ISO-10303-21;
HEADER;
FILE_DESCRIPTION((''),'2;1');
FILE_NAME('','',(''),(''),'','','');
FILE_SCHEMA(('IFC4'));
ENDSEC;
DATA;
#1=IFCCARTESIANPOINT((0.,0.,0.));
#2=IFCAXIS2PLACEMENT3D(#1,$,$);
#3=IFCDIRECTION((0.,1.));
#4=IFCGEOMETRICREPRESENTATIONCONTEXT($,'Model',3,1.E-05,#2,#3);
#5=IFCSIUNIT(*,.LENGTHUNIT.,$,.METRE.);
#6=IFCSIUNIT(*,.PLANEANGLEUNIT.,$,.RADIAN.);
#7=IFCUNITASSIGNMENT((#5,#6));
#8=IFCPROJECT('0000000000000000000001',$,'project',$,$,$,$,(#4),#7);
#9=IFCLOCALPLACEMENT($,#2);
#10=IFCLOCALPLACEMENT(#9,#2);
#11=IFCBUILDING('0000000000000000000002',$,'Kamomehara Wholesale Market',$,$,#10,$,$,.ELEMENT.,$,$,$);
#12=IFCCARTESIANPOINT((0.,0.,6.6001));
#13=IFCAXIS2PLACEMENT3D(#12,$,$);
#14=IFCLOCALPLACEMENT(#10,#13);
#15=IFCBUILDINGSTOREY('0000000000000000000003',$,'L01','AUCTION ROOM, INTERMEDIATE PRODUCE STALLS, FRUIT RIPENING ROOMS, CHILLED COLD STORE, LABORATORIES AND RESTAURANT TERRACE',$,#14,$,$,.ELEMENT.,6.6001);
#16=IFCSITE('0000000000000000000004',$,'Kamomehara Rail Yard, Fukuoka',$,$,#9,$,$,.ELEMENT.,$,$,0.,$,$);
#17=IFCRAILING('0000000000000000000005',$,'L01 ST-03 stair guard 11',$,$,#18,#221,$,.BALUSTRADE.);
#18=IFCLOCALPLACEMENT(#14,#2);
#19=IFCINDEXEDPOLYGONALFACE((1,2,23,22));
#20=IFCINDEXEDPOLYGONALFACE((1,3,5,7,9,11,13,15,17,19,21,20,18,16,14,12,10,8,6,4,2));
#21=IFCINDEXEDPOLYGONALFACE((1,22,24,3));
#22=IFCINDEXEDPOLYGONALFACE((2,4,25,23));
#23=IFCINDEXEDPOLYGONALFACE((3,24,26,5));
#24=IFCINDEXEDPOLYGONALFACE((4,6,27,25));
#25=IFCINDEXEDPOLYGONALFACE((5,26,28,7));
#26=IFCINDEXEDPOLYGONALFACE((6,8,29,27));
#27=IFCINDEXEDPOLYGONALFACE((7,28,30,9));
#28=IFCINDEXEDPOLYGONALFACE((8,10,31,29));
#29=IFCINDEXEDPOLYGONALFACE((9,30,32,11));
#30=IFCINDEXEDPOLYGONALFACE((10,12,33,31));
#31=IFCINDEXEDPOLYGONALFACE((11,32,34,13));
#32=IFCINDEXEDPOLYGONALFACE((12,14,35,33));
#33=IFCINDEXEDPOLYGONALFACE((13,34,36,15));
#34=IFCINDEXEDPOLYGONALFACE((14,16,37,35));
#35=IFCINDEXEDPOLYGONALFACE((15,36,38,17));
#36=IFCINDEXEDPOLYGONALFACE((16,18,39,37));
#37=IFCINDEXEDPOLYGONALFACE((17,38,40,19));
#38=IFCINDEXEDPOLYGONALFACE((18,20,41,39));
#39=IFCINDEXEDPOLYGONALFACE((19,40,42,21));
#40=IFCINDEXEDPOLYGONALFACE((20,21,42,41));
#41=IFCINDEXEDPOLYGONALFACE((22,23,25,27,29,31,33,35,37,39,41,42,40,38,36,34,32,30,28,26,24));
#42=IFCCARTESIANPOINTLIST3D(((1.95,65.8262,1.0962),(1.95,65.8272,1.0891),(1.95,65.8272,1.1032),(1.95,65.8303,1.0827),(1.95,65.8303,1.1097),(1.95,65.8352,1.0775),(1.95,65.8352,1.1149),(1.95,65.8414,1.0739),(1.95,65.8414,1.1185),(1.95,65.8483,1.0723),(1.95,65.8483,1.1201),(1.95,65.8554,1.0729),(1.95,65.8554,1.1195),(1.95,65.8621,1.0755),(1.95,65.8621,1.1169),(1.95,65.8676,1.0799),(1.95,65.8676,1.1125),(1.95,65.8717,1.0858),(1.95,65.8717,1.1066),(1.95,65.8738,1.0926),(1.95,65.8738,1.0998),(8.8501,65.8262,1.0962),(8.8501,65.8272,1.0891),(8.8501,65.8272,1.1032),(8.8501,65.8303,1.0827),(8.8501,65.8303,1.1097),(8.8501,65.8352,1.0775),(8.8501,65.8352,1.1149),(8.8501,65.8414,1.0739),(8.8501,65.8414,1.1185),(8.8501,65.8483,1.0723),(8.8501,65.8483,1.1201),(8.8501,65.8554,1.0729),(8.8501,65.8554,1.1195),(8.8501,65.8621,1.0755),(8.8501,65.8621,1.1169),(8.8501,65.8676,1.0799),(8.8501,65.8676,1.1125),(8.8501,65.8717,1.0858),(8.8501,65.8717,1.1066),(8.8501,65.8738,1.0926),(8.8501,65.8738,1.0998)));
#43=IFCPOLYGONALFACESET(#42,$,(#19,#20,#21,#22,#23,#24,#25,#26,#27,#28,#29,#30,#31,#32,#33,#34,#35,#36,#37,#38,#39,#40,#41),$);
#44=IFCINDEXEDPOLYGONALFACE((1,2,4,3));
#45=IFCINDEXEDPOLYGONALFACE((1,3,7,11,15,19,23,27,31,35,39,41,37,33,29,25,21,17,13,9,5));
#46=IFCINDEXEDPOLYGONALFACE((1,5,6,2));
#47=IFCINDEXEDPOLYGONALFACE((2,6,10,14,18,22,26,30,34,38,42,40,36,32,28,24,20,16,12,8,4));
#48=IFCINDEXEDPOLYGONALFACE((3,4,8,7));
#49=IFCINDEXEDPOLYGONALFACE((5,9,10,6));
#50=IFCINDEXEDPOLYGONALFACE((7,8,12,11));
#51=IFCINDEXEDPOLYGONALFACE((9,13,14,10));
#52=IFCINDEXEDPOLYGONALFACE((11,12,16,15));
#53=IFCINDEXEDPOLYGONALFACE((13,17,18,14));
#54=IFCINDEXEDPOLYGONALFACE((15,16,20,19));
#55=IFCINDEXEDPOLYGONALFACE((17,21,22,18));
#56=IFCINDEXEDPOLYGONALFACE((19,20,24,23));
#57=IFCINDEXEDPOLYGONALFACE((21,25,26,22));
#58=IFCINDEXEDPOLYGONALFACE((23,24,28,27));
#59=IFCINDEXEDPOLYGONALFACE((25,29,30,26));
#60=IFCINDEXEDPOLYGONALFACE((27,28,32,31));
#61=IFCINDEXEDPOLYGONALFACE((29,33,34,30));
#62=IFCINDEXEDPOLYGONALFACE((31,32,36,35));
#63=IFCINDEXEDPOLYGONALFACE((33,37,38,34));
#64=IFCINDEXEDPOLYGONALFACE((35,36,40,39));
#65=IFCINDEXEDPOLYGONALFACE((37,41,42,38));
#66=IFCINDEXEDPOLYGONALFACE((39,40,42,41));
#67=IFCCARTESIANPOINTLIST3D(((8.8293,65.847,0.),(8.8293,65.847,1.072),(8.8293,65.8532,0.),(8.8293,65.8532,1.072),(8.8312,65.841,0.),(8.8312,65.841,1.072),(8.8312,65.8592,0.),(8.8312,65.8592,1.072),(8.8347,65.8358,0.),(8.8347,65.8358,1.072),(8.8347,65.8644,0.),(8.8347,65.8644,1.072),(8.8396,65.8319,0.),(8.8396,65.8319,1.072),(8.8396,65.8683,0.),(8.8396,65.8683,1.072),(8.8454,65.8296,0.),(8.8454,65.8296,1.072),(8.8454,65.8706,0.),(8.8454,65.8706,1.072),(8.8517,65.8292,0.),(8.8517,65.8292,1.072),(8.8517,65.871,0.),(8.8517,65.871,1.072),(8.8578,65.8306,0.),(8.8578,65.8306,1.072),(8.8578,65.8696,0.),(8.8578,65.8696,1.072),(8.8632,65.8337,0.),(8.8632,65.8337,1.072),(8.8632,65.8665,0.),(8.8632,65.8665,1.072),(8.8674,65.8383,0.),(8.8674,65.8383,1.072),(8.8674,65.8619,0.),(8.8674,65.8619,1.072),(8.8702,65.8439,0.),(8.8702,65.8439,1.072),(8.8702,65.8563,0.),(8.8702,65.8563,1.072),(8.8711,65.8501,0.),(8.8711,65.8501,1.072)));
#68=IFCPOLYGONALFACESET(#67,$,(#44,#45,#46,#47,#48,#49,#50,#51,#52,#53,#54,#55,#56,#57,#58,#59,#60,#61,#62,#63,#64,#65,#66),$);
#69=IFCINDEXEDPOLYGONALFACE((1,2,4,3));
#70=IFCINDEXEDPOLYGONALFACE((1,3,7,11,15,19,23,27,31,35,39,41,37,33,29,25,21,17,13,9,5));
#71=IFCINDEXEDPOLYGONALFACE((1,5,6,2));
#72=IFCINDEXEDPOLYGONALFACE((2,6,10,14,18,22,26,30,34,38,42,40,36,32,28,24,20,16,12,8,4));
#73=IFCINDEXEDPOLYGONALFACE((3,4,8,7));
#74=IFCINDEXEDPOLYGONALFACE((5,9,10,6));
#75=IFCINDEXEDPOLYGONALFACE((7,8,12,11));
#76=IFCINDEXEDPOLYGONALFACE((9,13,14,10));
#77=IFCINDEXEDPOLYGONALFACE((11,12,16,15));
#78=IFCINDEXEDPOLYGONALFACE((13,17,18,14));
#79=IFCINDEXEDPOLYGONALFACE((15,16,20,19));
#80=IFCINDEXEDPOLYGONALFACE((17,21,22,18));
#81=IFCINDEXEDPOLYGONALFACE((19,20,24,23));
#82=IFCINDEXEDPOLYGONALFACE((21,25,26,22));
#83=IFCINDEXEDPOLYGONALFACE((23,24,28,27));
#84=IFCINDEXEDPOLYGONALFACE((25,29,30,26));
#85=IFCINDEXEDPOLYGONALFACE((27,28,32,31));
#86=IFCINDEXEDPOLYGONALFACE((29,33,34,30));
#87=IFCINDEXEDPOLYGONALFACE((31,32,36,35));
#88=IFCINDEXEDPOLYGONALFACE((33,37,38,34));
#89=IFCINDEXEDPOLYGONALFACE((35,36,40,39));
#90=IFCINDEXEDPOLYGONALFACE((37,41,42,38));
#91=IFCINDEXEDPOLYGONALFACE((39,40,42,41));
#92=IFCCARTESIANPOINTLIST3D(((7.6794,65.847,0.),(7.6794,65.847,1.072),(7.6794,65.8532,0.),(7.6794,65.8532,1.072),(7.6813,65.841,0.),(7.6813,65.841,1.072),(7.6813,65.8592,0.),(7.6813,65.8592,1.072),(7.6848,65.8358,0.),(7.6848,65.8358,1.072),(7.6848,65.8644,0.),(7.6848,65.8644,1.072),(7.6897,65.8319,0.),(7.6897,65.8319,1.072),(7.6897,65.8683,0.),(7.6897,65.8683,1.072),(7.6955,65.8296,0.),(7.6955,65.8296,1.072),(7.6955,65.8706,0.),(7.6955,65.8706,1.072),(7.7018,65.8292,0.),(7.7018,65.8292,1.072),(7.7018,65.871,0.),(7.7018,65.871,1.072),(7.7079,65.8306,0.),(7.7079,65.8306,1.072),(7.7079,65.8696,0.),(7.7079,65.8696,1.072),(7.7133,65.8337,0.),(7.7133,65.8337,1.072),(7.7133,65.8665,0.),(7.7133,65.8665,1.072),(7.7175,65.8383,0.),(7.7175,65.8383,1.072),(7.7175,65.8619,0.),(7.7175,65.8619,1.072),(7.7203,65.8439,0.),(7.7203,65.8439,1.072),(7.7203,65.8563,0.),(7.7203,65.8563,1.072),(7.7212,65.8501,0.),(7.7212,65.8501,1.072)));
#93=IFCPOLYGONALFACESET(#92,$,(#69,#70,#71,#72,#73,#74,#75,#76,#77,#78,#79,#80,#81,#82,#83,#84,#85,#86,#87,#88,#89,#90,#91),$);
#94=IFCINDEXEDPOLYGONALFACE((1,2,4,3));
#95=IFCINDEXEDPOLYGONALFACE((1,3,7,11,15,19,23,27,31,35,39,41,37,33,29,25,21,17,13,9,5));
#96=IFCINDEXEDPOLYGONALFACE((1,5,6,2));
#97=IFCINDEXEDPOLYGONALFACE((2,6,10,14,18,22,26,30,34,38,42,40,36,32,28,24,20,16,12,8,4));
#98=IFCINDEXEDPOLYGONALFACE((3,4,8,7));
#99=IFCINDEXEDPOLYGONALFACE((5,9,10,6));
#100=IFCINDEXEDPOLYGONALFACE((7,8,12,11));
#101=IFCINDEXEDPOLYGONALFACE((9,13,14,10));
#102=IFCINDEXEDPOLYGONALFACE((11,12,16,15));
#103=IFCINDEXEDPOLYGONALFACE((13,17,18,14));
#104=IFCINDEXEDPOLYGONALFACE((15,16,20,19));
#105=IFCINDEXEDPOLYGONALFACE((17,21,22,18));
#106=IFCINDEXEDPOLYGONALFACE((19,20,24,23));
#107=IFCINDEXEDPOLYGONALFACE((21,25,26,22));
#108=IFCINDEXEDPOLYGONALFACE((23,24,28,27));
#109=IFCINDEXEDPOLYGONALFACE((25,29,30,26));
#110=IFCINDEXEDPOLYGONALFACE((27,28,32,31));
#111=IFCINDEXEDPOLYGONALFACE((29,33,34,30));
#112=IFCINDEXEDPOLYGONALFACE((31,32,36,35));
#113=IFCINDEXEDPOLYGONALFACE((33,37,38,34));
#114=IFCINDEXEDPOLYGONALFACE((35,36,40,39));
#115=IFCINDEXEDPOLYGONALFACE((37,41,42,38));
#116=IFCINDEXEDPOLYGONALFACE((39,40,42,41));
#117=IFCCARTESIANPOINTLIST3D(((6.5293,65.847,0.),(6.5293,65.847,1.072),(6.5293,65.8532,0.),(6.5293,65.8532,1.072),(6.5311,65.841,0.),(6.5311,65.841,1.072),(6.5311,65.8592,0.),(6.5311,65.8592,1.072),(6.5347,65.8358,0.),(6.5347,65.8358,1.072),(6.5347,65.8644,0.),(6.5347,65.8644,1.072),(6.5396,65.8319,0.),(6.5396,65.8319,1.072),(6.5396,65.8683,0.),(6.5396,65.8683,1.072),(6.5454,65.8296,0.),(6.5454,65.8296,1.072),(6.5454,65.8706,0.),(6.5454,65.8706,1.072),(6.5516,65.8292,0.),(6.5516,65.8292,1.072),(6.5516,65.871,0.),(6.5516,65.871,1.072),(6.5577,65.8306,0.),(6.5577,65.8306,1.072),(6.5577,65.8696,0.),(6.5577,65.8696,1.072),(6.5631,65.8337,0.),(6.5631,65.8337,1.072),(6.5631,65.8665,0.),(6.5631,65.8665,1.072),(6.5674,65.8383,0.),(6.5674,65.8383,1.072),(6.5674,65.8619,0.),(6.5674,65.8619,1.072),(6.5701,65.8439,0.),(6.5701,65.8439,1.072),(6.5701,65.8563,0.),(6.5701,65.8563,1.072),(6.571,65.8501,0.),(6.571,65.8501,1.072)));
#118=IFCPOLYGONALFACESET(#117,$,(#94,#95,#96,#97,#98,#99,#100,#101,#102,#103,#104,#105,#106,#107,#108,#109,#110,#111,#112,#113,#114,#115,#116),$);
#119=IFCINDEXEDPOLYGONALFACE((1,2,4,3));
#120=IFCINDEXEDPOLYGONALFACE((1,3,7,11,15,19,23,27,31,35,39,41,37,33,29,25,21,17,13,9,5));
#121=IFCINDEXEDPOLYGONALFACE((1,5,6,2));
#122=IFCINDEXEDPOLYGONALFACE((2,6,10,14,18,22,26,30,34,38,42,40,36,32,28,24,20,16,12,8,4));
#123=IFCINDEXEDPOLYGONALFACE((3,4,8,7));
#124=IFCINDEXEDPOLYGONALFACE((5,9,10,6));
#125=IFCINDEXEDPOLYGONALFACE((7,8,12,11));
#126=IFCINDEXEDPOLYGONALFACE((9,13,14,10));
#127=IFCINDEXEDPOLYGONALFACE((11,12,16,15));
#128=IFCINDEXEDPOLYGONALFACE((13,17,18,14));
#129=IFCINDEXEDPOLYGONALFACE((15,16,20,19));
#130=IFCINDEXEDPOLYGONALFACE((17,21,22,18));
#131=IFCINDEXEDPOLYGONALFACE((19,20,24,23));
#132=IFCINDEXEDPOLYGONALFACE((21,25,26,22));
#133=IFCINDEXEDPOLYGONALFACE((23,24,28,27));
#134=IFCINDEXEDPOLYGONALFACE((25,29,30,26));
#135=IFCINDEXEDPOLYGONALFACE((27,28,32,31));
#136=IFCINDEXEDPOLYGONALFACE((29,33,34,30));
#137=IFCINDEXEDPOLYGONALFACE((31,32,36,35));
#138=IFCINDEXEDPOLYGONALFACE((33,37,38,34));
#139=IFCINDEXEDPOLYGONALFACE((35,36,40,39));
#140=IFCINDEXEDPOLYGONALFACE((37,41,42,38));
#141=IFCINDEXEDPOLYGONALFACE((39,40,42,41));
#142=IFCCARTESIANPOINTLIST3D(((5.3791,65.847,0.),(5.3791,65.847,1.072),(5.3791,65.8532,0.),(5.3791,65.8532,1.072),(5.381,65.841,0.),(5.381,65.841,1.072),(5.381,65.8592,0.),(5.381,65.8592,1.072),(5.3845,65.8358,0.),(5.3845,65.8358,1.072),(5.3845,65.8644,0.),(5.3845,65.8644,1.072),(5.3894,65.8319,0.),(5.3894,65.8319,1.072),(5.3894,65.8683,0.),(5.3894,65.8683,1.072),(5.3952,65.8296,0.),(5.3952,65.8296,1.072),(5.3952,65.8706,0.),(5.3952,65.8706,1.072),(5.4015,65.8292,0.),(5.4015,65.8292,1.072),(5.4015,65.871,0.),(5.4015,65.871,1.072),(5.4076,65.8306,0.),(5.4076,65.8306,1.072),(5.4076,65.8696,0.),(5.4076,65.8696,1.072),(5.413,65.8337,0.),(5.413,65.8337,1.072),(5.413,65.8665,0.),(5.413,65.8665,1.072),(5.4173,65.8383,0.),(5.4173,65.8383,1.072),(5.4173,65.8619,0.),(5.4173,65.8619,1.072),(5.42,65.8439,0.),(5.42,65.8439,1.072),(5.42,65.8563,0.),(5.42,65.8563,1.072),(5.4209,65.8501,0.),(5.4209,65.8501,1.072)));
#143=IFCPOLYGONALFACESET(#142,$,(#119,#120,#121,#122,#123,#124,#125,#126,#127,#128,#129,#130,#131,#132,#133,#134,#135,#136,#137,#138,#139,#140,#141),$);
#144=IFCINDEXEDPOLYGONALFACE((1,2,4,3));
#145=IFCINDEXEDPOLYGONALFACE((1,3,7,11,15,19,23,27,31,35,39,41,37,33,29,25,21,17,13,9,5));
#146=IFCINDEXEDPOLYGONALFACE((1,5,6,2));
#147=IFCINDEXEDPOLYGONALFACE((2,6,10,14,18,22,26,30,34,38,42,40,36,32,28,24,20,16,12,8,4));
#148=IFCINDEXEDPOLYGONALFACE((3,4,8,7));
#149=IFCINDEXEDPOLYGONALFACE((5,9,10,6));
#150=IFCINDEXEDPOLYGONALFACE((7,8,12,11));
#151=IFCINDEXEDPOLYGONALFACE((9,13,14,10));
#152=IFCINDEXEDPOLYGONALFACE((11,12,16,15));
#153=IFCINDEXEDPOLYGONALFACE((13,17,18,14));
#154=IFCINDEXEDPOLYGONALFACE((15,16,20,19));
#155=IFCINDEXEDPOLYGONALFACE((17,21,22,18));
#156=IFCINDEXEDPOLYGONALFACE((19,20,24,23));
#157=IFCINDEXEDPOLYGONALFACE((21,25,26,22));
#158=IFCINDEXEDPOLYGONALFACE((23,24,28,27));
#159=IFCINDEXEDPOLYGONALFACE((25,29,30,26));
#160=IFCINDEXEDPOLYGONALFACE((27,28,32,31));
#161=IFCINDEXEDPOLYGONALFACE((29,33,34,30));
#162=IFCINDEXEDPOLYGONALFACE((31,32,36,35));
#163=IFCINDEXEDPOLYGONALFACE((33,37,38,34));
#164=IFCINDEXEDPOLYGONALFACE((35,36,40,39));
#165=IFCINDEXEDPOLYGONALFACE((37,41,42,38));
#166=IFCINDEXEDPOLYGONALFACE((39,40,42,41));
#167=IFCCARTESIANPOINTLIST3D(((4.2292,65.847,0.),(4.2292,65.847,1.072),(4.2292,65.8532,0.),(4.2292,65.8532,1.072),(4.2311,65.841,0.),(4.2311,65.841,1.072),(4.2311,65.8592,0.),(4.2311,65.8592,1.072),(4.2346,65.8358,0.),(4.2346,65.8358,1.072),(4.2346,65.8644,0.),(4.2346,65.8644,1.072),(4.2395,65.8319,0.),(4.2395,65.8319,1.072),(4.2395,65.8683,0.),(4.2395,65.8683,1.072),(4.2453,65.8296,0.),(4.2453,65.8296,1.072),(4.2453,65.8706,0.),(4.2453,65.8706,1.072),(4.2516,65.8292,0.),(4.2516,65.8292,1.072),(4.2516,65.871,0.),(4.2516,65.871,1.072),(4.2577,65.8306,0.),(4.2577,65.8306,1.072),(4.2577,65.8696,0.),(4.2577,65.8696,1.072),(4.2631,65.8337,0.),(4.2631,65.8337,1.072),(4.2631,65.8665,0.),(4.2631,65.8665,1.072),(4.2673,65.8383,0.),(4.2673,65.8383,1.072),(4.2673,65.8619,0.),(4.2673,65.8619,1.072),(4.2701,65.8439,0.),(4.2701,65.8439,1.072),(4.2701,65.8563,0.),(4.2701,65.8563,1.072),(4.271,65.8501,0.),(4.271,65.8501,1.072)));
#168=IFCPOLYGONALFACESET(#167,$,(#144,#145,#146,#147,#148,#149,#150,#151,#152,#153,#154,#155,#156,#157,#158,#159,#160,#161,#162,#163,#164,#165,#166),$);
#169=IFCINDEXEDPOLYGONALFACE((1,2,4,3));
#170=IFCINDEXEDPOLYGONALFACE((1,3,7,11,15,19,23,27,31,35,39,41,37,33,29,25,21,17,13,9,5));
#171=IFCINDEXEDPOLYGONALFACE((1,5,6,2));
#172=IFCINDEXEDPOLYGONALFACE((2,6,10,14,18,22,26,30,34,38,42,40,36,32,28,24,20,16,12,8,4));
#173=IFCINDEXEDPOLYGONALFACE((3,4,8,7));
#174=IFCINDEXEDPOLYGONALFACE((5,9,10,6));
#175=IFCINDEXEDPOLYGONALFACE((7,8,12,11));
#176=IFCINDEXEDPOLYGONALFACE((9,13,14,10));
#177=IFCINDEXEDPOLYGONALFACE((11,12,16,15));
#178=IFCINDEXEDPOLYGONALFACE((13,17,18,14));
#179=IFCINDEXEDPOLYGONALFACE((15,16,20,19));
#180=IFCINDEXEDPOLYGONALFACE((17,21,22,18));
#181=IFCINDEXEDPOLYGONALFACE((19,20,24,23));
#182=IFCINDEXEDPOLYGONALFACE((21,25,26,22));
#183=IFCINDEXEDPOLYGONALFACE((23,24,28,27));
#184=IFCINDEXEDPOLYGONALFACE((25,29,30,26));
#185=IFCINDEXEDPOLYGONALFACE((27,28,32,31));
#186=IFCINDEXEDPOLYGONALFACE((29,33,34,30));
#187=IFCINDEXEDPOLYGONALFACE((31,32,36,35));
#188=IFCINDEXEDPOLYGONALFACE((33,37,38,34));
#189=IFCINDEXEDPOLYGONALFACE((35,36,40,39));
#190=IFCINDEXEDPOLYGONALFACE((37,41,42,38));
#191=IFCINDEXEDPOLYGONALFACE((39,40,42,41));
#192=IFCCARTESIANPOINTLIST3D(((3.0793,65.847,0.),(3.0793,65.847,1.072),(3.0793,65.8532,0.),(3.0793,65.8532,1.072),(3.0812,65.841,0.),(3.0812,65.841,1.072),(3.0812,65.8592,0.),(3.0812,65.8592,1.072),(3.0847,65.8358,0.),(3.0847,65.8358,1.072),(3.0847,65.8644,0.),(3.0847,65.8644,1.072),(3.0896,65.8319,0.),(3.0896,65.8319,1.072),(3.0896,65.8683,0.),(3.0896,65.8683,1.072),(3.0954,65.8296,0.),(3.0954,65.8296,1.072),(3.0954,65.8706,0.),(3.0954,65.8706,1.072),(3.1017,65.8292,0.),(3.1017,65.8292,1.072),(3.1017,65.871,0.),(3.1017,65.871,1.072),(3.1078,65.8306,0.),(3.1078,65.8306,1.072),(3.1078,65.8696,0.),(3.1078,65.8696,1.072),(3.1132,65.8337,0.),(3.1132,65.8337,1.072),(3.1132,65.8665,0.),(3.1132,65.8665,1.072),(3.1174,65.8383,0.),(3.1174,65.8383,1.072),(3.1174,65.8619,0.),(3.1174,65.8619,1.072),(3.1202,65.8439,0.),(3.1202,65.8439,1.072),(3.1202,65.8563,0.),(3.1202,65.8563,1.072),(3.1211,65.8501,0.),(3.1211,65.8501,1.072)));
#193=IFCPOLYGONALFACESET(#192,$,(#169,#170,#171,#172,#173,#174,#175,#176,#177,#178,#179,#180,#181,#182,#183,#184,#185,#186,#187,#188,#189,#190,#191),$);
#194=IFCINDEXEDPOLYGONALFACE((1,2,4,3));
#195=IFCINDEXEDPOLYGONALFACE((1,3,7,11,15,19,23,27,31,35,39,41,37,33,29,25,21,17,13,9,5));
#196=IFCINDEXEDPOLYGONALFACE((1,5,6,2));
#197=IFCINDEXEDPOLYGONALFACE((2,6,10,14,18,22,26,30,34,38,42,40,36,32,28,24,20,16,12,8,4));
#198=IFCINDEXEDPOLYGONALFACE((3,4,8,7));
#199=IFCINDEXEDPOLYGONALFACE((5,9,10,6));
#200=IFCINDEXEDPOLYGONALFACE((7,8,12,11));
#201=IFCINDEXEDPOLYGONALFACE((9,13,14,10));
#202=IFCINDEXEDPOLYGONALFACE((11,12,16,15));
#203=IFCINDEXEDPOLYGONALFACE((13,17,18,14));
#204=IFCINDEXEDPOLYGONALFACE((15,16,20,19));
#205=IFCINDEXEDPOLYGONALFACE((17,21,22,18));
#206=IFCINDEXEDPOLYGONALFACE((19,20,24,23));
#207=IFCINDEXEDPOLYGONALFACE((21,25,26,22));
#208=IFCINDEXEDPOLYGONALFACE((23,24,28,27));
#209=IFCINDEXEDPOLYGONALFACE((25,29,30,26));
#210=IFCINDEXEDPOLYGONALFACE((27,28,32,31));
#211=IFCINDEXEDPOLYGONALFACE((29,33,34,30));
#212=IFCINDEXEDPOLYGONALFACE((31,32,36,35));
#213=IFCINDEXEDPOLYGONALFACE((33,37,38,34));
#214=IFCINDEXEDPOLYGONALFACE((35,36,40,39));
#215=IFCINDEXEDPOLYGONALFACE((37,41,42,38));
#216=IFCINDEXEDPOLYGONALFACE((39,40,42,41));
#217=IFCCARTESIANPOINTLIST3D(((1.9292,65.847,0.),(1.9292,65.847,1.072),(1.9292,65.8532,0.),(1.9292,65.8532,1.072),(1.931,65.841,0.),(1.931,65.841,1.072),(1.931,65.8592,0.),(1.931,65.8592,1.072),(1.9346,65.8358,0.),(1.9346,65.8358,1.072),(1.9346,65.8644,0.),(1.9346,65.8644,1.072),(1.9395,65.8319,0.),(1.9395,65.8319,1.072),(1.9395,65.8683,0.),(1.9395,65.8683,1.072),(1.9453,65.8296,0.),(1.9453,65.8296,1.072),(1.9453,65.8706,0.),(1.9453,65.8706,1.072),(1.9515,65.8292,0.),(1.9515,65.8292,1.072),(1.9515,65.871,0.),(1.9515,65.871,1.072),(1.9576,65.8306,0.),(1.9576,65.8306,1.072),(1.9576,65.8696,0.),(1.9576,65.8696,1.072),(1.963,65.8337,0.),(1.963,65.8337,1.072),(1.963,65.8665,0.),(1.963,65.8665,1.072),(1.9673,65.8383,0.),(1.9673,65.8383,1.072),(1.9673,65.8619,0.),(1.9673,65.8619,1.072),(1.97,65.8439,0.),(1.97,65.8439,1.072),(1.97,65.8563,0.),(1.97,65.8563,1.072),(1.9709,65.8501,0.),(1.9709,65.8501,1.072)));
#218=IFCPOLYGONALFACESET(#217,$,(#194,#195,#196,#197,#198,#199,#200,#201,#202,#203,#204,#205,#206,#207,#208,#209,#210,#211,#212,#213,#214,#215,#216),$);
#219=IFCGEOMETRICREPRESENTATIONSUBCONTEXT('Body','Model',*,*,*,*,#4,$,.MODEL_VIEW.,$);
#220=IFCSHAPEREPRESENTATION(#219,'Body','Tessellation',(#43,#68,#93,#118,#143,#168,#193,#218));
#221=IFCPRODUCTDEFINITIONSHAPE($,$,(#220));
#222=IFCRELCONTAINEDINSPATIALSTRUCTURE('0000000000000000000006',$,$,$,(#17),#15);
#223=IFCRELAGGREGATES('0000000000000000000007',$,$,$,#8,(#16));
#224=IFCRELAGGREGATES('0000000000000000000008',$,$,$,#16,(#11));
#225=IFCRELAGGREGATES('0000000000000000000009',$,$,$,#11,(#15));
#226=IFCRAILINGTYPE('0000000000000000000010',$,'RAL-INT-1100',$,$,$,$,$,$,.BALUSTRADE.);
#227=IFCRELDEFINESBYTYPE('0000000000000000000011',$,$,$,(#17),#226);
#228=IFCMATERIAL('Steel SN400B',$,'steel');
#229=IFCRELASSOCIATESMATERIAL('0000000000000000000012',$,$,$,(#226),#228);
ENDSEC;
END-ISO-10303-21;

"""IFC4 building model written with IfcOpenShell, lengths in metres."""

from ifc_helpers import new_model, si_unit, direction, frame, origin, origin_2d, place, context, subcontext, project, spatial, circle, extrude, material, type_object, element, save


model = new_model("IFC4")

# Units and contexts
model_context = context("Model", 3, precision=1e-05, world=origin(), true_north=direction((0.0, 1.0)))
body_context = subcontext(model_context, "Body", "Model", "MODEL_VIEW")
ifc_project = project(units=[si_unit("LENGTHUNIT", "METRE"), si_unit("PLANEANGLEUNIT", "RADIAN")], contexts=[model_context])

# Site, building, storey
site_placement = place(None, origin())
site = spatial("IfcSite", under=ifc_project, at=site_placement, Name="Kamomehara Rail Yard, Fukuoka", CompositionType="ELEMENT", RefElevation=0.0)
building_placement = place(site_placement, origin())
building = spatial("IfcBuilding", under=site, at=building_placement, Name="Kamomehara Wholesale Market", CompositionType="ELEMENT")
storey_placement = place(building_placement, frame((0.0, 0.0, 6.6001)))
storey = spatial("IfcBuildingStorey", under=building, at=storey_placement, Name="L01", Description="AUCTION ROOM, INTERMEDIATE PRODUCE STALLS, FRUIT RIPENING ROOMS, CHILLED COLD STORE, LABORATORIES AND RESTAURANT TERRACE", CompositionType="ELEMENT", Elevation=6.6001)

# Railing
ifc_material_1 = material(Name="Steel SN400B", Category="steel")
railing_type = type_object("IfcRailingType", Name="RAL-INT-1100", PredefinedType="BALUSTRADE", material=ifc_material_1)
railing_1_placement = place(storey_placement, frame((8.8501, 65.8501, 0.0)))
element("IfcRailing", 1, at=railing_1_placement, inside=storey, type_object=railing_type, Name="L01 ST-03 stair guard 11", PredefinedType="BALUSTRADE", context=body_context, shape_type="SweptSolid", body=[
    extrude(circle(Radius=0.0239, at=origin_2d()), frame((0.0, 0.0, 1.0962), z_axis=(-1.0, 0.0, 0.0), x_axis=(0.0, -1.0, 0.0)), (0.0, 0.0, 1.0), 6.9001),
    extrude(circle(Radius=0.021, at=origin_2d()), origin(), (0.0, 0.0, 1.0), 1.072),
    extrude(circle(Radius=0.021, at=origin_2d()), frame((-1.1499, 0.0, 0.0)), (0.0, 0.0, 1.0), 1.072),
    extrude(circle(Radius=0.021, at=origin_2d()), frame((-2.3, 0.0, 0.0)), (0.0, 0.0, 1.0), 1.072),
    extrude(circle(Radius=0.021, at=origin_2d()), frame((-3.4502, 0.0, 0.0)), (0.0, 0.0, 1.0), 1.072),
    extrude(circle(Radius=0.021, at=origin_2d()), frame((-4.6001, 0.0, 0.0)), (0.0, 0.0, 1.0), 1.072),
    extrude(circle(Radius=0.021, at=origin_2d()), frame((-5.75, 0.0, 0.0)), (0.0, 0.0, 1.0), 1.072),
    extrude(circle(Radius=0.021, at=origin_2d()), frame((-6.9001, 0.0, 0.0)), (0.0, 0.0, 1.0), 1.072),
])

save(model, "model.ifc")
